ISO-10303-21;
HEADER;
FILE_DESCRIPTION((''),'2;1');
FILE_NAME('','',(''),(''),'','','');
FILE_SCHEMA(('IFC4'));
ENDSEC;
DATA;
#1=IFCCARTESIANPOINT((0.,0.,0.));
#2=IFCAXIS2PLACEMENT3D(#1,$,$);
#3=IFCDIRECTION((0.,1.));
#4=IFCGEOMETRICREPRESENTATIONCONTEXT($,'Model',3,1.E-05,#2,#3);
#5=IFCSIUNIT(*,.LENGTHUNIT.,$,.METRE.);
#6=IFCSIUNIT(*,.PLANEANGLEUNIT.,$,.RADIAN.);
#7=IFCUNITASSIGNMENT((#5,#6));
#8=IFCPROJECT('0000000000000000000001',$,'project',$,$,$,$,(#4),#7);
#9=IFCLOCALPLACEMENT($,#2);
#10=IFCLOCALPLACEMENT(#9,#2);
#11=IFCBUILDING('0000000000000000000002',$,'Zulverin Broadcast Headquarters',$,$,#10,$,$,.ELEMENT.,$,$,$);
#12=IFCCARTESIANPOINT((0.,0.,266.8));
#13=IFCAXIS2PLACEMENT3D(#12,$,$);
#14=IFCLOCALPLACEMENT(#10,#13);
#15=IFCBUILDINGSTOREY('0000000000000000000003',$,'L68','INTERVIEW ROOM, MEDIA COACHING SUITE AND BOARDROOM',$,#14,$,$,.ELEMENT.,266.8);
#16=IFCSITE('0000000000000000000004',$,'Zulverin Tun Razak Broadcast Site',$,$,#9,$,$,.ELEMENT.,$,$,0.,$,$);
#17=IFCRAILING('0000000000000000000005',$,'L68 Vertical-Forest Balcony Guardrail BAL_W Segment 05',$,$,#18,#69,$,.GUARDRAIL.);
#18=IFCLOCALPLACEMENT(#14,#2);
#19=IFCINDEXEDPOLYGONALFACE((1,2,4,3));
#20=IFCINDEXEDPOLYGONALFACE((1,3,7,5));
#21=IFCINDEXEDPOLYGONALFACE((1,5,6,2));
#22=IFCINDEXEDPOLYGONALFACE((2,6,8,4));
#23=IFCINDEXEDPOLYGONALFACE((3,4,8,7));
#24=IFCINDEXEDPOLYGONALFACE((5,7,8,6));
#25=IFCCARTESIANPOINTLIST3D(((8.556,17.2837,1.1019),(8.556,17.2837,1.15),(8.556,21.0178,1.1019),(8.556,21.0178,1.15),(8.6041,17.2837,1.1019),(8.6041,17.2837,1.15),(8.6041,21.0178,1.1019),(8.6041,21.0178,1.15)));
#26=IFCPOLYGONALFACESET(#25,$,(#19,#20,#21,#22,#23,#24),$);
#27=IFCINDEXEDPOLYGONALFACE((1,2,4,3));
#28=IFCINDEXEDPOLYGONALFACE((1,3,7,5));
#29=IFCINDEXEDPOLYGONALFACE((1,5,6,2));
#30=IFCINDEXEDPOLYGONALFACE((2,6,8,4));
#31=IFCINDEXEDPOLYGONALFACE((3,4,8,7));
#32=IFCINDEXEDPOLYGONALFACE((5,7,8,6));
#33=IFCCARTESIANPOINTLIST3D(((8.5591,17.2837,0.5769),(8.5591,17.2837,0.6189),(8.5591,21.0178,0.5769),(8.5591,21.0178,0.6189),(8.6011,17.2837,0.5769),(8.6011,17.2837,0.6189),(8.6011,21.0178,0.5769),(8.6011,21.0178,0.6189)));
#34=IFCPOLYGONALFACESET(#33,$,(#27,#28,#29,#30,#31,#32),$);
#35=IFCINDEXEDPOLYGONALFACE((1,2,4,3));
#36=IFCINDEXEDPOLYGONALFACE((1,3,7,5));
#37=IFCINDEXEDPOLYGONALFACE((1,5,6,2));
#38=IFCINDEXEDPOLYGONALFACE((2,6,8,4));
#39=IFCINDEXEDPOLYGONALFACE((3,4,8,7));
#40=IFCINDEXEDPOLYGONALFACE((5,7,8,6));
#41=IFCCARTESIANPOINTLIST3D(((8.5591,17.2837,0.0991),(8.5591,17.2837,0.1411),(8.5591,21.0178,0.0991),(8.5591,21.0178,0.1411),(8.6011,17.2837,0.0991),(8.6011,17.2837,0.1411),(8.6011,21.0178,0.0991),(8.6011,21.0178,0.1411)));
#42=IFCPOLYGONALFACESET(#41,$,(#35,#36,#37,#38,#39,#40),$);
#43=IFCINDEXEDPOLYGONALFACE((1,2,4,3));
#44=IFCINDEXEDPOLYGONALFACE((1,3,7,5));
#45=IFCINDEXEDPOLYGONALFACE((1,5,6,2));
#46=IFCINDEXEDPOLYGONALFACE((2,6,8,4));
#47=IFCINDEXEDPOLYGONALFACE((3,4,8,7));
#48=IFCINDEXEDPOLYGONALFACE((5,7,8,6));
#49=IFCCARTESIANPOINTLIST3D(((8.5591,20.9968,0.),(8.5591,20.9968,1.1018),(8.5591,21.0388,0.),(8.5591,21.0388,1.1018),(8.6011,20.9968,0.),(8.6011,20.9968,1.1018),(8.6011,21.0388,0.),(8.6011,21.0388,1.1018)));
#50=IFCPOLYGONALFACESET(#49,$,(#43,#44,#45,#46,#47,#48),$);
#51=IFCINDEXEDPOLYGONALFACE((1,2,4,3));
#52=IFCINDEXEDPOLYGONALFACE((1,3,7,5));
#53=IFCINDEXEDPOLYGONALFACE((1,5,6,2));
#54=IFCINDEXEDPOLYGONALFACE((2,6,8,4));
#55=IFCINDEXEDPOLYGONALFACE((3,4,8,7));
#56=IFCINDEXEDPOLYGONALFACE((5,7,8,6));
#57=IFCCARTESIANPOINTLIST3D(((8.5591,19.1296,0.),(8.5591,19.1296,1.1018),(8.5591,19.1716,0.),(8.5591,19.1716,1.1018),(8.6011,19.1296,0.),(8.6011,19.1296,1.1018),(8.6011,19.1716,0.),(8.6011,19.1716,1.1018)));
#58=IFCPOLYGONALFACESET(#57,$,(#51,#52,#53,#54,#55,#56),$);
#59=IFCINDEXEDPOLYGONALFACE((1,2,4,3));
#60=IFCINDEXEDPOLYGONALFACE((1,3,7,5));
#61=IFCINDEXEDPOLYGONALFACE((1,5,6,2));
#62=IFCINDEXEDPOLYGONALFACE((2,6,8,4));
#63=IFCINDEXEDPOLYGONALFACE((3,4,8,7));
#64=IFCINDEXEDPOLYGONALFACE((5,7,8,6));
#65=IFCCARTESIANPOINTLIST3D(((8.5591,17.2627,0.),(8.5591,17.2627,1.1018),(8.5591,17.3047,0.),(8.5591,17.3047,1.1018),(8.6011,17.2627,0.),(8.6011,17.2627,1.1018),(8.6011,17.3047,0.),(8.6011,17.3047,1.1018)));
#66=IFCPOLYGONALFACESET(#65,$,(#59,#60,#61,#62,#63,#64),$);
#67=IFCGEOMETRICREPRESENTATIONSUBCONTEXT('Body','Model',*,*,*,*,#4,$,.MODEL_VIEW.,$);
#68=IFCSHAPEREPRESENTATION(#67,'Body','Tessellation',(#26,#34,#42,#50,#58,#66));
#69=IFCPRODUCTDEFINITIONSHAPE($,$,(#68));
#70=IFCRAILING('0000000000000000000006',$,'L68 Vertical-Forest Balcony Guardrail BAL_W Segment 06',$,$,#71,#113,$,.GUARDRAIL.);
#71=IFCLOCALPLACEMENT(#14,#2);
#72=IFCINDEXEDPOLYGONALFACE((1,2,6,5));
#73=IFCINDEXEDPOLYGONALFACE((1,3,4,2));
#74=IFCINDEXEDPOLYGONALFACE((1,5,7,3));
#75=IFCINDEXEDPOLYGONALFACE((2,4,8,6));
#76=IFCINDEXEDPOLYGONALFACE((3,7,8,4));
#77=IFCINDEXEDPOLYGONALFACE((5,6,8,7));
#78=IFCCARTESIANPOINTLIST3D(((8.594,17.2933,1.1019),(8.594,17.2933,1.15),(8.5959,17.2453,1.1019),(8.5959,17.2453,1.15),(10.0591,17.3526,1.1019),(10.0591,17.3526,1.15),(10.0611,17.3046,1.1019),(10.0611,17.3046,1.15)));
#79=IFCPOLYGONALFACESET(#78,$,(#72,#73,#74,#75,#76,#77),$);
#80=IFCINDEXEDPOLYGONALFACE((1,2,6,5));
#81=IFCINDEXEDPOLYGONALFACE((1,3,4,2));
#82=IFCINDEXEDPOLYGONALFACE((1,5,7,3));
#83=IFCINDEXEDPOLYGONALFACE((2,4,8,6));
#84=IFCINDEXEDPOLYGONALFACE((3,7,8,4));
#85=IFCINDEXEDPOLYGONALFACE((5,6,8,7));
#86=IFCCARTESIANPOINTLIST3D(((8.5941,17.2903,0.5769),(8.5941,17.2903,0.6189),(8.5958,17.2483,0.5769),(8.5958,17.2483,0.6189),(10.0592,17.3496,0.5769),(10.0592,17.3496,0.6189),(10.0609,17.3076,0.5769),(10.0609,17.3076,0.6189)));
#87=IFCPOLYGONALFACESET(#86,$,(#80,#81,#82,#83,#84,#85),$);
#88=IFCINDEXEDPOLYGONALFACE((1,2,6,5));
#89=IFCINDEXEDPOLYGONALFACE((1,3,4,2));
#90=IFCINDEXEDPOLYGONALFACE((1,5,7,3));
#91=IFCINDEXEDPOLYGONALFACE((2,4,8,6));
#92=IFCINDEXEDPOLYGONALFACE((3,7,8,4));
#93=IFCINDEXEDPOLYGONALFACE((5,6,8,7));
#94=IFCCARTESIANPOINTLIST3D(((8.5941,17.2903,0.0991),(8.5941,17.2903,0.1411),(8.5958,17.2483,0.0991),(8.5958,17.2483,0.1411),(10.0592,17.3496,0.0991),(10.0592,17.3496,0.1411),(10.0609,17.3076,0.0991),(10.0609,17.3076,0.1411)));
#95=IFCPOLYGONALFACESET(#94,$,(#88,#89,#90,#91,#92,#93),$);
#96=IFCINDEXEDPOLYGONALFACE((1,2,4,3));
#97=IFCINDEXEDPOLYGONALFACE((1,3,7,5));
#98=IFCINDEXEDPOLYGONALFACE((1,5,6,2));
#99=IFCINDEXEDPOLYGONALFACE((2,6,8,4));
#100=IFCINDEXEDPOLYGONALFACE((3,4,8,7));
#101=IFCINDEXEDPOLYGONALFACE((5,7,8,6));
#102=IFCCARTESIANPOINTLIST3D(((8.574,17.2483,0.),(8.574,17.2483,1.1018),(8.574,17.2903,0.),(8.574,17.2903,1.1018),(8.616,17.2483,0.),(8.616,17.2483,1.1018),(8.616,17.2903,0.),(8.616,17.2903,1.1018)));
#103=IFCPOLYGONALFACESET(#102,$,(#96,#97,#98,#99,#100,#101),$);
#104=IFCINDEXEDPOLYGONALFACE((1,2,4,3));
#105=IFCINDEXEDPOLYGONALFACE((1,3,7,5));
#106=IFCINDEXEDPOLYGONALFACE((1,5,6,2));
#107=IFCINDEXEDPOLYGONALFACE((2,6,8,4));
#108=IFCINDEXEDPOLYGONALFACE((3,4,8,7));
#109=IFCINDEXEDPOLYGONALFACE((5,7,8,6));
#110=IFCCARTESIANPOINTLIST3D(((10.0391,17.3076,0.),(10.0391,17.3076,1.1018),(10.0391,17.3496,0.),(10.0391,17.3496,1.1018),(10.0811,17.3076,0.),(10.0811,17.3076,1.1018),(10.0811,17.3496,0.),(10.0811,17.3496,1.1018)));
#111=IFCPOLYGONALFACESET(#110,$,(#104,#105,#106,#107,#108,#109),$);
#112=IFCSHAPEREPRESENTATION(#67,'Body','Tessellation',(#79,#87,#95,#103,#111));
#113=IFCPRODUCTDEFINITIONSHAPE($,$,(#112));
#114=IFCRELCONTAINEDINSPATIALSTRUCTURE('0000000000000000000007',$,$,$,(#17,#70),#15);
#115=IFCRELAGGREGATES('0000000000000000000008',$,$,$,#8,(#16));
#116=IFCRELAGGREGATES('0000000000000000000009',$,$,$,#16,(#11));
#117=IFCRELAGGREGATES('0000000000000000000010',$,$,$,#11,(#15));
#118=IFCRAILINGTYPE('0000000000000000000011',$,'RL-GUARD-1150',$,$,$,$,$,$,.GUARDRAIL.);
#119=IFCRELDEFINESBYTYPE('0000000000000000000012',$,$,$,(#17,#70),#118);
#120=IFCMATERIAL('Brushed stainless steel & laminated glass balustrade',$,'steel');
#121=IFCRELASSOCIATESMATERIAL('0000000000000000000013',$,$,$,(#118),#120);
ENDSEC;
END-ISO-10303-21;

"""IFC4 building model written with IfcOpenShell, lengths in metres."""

from ifc_helpers import new_model, si_unit, direction, frame, origin, origin_2d, place, context, subcontext, project, spatial, rectangle, extrude, material, type_object, element, save


model = new_model("IFC4")

# Units and contexts
model_context = context("Model", 3, precision=1e-05, world=origin(), true_north=direction((0.0, 1.0)))
body_context = subcontext(model_context, "Body", "Model", "MODEL_VIEW")
ifc_project = project(units=[si_unit("LENGTHUNIT", "METRE"), si_unit("PLANEANGLEUNIT", "RADIAN")], contexts=[model_context])

# Site, building, storey
site_placement = place(None, origin())
site = spatial("IfcSite", under=ifc_project, at=site_placement, Name="Zulverin Tun Razak Broadcast Site", CompositionType="ELEMENT", RefElevation=0.0)
building_placement = place(site_placement, origin())
building = spatial("IfcBuilding", under=site, at=building_placement, Name="Zulverin Broadcast Headquarters", CompositionType="ELEMENT")
storey_placement = place(building_placement, frame((0.0, 0.0, 266.8)))
storey = spatial("IfcBuildingStorey", under=building, at=storey_placement, Name="L68", Description="INTERVIEW ROOM, MEDIA COACHING SUITE AND BOARDROOM", CompositionType="ELEMENT", Elevation=266.8)

# Railings
ifc_material_1 = material(Name="Brushed stainless steel & laminated glass balustrade", Category="steel")
railing_type = type_object("IfcRailingType", Name="RL-GUARD-1150", PredefinedType="GUARDRAIL", material=ifc_material_1)
railing_1_placement = place(storey_placement, frame((8.5801, 21.0178, 0.0)))
element("IfcRailing", 1, at=railing_1_placement, inside=storey, type_object=railing_type, Name="L68 Vertical-Forest Balcony Guardrail BAL_W Segment 05", PredefinedType="GUARDRAIL", context=body_context, shape_type="SweptSolid", body=[
    extrude(rectangle(XDim=0.0481, YDim=0.0481, at=origin_2d()), frame((0.0, 0.0, 1.126), z_axis=(0.0, -1.0, 0.0), x_axis=(1.0, 0.0, 0.0)), (0.0, 0.0, 1.0), 3.7341),
    extrude(rectangle(XDim=0.042, YDim=0.042, at=origin_2d()), frame((0.0, 0.0, 0.5979), z_axis=(0.0, -1.0, 0.0), x_axis=(1.0, 0.0, 0.0)), (0.0, 0.0, 1.0), 3.7341),
    extrude(rectangle(XDim=0.042, YDim=0.042, at=origin_2d()), frame((0.0, 0.0, 0.1201), z_axis=(0.0, -1.0, 0.0), x_axis=(1.0, 0.0, 0.0)), (0.0, 0.0, 1.0), 3.7341),
    extrude(rectangle(XDim=0.042, YDim=0.042, at=origin_2d()), origin(), (0.0, 0.0, 1.0), 1.1018),
    extrude(rectangle(XDim=0.042, YDim=0.042, at=origin_2d()), frame((0.0, -1.8672, 0.0)), (0.0, 0.0, 1.0), 1.1018),
    extrude(rectangle(XDim=0.042, YDim=0.042, at=origin_2d()), frame((0.0, -3.7341, 0.0)), (0.0, 0.0, 1.0), 1.1018),
])
railing_2_placement = place(storey_placement, frame((8.595, 17.2693, 0.0)))
element("IfcRailing", 2, at=railing_2_placement, inside=storey, type_object=railing_type, Name="L68 Vertical-Forest Balcony Guardrail BAL_W Segment 06", PredefinedType="GUARDRAIL", context=body_context, shape_type="SweptSolid", body=[
    extrude(rectangle(XDim=0.0481, YDim=0.0481, at=origin_2d()), frame((0.0, 0.0, 1.126), z_axis=(0.999181, 0.04046, 0.0), x_axis=(-0.04046, 0.999181, 0.0)), (0.0, 0.0, 1.0), 1.4663),
    extrude(rectangle(XDim=0.042, YDim=0.042, at=origin_2d()), frame((0.0, 0.0, 0.5979), z_axis=(0.999181, 0.04046, 0.0), x_axis=(-0.04046, 0.999181, 0.0)), (0.0, 0.0, 1.0), 1.4663),
    extrude(rectangle(XDim=0.042, YDim=0.042, at=origin_2d()), frame((0.0, 0.0, 0.1201), z_axis=(0.999181, 0.04046, 0.0), x_axis=(-0.04046, 0.999181, 0.0)), (0.0, 0.0, 1.0), 1.4663),
    extrude(rectangle(XDim=0.042, YDim=0.042, at=origin_2d()), origin(), (0.0, 0.0, 1.0), 1.1018),
    extrude(rectangle(XDim=0.042, YDim=0.042, at=origin_2d()), frame((1.4651, 0.0593, 0.0)), (0.0, 0.0, 1.0), 1.1018),
])

save(model, "model.ifc")
